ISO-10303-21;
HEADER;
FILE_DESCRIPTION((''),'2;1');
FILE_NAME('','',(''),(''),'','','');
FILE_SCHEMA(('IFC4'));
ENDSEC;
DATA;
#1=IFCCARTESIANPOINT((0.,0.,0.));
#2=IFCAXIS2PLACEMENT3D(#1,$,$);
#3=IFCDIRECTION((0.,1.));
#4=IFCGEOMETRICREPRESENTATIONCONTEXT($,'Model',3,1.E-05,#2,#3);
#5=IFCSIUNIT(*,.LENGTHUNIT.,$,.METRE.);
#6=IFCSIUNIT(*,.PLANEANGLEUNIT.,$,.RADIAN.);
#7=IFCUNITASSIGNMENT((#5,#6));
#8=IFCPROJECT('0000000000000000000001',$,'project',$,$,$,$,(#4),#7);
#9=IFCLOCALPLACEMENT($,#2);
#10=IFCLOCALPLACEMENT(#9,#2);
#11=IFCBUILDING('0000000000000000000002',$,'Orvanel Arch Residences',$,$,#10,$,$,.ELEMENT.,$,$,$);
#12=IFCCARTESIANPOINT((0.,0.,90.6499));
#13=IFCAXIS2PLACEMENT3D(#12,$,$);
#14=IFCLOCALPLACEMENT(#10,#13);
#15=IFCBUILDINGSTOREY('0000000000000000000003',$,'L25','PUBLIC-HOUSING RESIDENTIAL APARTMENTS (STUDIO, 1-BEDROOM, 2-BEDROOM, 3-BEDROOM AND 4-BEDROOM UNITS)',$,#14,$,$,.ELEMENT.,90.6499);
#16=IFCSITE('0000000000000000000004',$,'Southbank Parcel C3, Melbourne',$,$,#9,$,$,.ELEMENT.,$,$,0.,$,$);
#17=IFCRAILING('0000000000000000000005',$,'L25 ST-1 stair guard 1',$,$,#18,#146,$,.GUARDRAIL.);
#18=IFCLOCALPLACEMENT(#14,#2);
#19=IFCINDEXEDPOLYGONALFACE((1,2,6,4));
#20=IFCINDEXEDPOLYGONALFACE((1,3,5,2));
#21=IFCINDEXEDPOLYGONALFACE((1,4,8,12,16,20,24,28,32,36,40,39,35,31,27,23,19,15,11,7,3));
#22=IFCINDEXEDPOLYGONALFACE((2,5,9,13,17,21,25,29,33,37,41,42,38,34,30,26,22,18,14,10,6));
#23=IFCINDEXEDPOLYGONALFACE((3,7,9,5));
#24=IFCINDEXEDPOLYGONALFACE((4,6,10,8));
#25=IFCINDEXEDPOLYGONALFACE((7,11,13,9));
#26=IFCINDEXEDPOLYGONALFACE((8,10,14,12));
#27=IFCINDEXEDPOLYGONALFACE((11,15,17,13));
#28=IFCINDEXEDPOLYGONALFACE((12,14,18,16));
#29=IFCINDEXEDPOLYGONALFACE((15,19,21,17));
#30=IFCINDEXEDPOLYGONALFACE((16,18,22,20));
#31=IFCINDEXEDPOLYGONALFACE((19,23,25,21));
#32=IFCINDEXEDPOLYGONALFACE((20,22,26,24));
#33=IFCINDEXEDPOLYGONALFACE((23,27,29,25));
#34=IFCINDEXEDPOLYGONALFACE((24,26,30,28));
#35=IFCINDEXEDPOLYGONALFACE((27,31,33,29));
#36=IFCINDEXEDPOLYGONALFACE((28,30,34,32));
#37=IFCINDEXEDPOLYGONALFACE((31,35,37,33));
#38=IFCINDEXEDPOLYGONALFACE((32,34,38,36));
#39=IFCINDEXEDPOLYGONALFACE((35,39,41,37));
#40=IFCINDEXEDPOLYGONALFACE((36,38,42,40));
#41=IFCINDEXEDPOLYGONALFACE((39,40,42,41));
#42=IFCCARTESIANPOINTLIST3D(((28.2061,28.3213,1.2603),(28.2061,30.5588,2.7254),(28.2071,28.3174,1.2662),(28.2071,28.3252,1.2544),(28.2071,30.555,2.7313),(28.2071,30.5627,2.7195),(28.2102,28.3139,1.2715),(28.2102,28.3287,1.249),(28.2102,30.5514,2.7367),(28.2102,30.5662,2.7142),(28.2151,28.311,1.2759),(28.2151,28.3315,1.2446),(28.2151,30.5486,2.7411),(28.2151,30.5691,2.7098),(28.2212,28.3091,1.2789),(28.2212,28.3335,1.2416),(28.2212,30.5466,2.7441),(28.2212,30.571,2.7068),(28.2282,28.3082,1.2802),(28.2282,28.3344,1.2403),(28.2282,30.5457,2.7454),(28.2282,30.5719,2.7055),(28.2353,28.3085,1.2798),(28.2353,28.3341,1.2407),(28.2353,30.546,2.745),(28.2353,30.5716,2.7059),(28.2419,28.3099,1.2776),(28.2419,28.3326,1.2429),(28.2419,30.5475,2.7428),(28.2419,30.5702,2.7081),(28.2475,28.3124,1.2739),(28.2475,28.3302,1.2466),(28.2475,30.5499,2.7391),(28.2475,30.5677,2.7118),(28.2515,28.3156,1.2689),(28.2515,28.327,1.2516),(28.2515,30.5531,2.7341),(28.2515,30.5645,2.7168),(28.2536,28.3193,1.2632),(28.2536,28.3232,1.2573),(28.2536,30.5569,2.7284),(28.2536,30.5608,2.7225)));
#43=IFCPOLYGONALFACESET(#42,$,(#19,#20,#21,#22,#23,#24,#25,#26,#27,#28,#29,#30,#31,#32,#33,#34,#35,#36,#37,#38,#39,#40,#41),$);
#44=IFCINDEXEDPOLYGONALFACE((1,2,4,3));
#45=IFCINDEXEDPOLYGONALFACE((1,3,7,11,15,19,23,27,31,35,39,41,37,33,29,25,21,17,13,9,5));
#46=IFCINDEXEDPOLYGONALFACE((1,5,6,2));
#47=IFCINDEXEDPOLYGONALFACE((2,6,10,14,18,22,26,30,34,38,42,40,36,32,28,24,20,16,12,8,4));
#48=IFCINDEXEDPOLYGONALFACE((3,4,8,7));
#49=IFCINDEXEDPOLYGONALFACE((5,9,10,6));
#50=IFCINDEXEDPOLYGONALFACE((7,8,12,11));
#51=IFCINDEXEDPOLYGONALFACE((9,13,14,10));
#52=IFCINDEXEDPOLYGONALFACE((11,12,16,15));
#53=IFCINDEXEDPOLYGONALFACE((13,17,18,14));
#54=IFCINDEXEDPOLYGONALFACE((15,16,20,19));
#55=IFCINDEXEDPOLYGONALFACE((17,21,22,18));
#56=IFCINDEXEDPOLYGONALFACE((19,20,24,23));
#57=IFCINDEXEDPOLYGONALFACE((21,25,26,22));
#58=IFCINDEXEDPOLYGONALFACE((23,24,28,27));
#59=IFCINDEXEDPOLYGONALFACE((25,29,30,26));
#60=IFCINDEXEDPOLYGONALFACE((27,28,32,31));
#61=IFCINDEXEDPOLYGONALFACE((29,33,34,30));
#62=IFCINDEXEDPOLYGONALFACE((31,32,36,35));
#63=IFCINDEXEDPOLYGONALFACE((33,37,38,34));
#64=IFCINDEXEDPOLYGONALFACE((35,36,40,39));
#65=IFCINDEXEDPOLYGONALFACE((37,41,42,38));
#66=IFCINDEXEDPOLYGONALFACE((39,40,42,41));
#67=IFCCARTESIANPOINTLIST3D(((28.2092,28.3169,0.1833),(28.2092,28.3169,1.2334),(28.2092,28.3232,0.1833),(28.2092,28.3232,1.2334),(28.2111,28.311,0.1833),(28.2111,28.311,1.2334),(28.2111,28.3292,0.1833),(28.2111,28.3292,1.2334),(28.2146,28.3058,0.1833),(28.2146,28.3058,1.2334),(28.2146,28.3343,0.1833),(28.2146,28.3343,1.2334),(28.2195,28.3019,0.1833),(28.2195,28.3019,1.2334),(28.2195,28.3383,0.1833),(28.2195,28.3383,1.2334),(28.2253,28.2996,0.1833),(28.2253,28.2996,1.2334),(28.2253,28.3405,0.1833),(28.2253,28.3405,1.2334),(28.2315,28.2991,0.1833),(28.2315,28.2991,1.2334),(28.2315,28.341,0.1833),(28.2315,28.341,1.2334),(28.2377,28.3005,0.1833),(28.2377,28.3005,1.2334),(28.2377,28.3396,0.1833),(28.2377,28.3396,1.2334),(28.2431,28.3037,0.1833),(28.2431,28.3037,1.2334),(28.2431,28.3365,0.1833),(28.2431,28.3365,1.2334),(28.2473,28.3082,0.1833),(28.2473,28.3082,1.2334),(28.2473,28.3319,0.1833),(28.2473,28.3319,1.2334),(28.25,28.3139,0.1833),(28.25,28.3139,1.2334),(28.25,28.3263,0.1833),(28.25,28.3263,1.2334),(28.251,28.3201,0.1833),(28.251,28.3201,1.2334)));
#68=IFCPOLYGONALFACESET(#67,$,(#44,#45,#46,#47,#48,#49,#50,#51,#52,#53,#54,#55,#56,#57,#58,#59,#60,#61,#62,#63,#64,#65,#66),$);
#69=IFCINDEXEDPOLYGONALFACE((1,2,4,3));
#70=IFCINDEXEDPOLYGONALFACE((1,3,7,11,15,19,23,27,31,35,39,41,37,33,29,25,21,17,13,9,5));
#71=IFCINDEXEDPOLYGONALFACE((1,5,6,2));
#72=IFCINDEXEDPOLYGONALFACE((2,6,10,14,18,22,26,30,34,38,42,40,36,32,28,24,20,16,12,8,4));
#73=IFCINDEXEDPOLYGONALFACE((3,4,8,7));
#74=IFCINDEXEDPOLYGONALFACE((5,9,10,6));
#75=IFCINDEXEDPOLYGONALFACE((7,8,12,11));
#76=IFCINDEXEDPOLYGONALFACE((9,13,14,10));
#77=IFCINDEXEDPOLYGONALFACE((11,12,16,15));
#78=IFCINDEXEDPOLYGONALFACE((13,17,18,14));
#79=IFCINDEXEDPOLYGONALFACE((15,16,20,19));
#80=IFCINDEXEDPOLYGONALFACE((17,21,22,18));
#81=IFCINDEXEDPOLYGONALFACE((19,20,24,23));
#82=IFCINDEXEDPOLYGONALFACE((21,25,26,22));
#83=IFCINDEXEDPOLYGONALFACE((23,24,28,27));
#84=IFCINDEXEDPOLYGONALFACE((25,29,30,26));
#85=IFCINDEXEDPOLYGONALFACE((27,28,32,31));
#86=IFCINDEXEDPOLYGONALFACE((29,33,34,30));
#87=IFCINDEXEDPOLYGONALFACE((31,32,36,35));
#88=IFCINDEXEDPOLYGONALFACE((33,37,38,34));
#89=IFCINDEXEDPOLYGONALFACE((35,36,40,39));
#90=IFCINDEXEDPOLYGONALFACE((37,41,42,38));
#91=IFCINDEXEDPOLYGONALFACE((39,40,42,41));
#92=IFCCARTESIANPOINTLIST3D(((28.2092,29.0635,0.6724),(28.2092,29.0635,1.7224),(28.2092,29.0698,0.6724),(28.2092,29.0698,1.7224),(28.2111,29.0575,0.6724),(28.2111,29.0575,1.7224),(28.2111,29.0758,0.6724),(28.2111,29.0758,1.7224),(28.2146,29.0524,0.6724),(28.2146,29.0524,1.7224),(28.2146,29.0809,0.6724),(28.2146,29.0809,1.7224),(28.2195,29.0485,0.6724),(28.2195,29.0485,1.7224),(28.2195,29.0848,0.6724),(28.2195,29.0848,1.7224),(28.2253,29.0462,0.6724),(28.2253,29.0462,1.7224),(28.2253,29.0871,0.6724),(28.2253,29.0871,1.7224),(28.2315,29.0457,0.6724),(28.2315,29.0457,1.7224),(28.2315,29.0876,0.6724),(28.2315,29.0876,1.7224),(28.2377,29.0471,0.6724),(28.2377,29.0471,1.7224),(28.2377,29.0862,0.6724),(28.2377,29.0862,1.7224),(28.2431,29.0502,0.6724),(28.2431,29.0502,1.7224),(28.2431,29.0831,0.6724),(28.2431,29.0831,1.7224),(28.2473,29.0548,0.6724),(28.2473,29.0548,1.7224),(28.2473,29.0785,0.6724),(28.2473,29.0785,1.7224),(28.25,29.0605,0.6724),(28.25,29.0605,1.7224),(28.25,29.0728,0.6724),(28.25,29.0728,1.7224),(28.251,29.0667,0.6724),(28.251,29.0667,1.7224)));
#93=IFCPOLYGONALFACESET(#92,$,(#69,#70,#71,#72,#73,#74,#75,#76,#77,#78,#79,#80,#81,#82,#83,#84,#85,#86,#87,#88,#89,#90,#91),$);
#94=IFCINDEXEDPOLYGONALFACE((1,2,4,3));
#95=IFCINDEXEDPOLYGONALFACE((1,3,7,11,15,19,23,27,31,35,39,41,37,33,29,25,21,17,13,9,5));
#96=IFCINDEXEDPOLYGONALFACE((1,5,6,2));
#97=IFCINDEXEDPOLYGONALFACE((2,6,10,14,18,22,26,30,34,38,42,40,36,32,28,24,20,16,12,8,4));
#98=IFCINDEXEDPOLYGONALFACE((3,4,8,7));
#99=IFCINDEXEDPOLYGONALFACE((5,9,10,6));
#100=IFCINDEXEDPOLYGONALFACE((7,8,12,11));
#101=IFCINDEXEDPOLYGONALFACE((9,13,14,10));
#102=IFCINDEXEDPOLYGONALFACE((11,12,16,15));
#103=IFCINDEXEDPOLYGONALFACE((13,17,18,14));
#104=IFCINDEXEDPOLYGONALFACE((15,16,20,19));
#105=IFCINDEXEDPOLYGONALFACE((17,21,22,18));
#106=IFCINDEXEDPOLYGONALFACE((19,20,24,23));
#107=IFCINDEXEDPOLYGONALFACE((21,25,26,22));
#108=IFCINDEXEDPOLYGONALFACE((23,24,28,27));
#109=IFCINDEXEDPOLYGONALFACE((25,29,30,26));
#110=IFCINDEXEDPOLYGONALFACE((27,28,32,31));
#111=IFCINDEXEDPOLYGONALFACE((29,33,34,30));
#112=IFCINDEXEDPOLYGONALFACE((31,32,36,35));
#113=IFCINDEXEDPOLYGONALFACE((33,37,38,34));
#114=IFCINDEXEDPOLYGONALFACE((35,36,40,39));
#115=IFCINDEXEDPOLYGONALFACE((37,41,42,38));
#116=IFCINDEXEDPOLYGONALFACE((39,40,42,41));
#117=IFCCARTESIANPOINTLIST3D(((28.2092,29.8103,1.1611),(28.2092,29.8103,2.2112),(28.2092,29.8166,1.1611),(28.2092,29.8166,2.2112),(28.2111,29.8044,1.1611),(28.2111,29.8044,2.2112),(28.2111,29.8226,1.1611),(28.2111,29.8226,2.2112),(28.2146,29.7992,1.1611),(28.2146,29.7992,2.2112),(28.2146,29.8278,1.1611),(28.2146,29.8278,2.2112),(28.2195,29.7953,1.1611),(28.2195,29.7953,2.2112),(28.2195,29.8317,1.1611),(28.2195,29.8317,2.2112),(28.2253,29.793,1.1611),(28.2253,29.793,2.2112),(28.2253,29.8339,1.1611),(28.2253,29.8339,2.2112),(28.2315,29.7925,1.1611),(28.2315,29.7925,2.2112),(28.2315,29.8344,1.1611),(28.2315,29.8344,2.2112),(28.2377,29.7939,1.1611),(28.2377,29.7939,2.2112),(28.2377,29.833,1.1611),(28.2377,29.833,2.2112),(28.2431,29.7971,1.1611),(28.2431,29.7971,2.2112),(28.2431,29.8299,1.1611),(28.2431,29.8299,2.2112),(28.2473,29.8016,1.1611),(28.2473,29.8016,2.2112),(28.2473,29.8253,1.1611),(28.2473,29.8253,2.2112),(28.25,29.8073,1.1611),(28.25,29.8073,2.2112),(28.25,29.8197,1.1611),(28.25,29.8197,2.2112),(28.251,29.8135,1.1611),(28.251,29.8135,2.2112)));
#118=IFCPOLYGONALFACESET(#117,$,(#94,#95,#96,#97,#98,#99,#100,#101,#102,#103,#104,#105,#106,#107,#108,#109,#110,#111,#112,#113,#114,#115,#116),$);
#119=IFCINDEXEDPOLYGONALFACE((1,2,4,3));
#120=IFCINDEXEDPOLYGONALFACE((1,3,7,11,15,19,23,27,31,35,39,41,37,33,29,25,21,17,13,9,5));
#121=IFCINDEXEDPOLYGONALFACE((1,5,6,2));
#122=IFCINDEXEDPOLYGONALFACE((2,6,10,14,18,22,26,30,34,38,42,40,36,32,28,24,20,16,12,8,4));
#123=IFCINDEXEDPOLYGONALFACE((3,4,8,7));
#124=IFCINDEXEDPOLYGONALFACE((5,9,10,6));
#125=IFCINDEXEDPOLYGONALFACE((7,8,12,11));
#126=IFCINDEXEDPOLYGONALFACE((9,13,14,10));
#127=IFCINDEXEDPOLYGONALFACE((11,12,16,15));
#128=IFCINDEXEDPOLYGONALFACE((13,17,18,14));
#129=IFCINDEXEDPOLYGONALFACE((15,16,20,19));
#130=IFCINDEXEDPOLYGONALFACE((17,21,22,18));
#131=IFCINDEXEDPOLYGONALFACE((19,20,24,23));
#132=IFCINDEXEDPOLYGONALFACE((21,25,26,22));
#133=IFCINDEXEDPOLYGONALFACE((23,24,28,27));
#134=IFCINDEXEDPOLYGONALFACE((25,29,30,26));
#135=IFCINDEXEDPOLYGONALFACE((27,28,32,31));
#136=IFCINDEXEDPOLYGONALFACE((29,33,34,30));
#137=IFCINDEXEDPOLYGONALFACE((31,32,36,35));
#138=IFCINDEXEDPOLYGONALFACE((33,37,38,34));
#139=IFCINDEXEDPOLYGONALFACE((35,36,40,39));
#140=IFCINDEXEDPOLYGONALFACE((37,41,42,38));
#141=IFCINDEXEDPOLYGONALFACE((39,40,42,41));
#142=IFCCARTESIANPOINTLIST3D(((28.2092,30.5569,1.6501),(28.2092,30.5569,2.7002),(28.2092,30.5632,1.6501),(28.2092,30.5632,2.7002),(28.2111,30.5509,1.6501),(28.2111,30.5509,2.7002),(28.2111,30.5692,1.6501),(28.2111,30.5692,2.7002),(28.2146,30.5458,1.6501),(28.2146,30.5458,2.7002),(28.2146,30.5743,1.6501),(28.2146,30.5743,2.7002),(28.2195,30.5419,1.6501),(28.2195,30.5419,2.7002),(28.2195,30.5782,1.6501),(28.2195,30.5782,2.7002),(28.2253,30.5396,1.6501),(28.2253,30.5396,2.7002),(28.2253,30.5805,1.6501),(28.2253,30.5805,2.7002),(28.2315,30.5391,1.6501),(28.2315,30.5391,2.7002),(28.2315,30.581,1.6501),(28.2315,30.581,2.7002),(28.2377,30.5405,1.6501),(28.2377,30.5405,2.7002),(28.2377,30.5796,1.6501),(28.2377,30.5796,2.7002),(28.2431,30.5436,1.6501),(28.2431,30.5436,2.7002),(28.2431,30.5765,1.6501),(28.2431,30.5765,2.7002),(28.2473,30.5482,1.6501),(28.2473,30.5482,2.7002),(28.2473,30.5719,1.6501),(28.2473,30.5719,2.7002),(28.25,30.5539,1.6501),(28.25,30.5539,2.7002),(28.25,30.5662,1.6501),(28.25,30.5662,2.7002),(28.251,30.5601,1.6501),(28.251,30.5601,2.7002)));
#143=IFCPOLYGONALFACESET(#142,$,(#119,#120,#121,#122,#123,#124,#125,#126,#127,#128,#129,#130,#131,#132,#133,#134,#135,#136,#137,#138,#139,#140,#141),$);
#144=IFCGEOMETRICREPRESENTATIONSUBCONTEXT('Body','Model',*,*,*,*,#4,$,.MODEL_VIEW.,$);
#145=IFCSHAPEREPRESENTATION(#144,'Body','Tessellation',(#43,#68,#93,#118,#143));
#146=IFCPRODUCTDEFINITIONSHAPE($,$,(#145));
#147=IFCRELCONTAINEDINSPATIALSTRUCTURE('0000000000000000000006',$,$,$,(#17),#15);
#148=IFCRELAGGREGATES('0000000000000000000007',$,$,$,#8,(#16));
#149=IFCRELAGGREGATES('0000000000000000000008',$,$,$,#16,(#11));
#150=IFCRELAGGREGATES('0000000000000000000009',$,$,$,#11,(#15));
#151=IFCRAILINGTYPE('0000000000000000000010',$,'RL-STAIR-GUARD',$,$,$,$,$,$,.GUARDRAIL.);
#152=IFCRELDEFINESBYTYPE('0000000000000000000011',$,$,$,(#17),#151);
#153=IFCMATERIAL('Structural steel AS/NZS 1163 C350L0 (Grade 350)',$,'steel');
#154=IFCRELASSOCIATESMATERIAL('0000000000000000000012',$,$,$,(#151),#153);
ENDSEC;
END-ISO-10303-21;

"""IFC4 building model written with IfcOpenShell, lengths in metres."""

from ifc_helpers import new_model, si_unit, direction, frame, origin, origin_2d, place, context, subcontext, project, spatial, circle, extrude, material, type_object, element, save


model = new_model("IFC4")

# Units and contexts
model_context = context("Model", 3, precision=1e-05, world=origin(), true_north=direction((0.0, 1.0)))
body_context = subcontext(model_context, "Body", "Model", "MODEL_VIEW")
ifc_project = project(units=[si_unit("LENGTHUNIT", "METRE"), si_unit("PLANEANGLEUNIT", "RADIAN")], contexts=[model_context])

# Site, building, storey
site_placement = place(None, origin())
site = spatial("IfcSite", under=ifc_project, at=site_placement, Name="Southbank Parcel C3, Melbourne", CompositionType="ELEMENT", RefElevation=0.0)
building_placement = place(site_placement, origin())
building = spatial("IfcBuilding", under=site, at=building_placement, Name="Orvanel Arch Residences", CompositionType="ELEMENT")
storey_placement = place(building_placement, frame((0.0, 0.0, 90.6499)))
storey = spatial("IfcBuildingStorey", under=building, at=storey_placement, Name="L25", Description="PUBLIC-HOUSING RESIDENTIAL APARTMENTS (STUDIO, 1-BEDROOM, 2-BEDROOM, 3-BEDROOM AND 4-BEDROOM UNITS)", CompositionType="ELEMENT", Elevation=90.6499)

# Railing
ifc_material_1 = material(Name="Structural steel AS/NZS 1163 C350L0 (Grade 350)", Category="steel")
railing_type_1 = type_object("IfcRailingType", Name="RL-STAIR-GUARD", PredefinedType="GUARDRAIL", material=ifc_material_1)
railing_1_placement = place(storey_placement, frame((28.23, 28.3201, 0.1833)))
element("IfcRailing", 1, at=railing_1_placement, inside=storey, type_object=railing_type_1, Name="L25 ST-1 stair guard 1", PredefinedType="GUARDRAIL", context=body_context, shape_type="SweptSolid", body=[
    extrude(circle(Radius=0.0239, at=origin_2d()), frame((0.0, 0.0012, 1.0769), z_axis=(0.0, 0.836595, 0.547822), x_axis=(-1.0, 0.0, 0.0)), (0.0, 0.0, 1.0), 2.6746),
    extrude(circle(Radius=0.021, at=origin_2d()), origin(), (0.0, 0.0, 1.0), 1.05),
    extrude(circle(Radius=0.021, at=origin_2d()), frame((0.0, 0.7466, 0.489)), (0.0, 0.0, 1.0), 1.05),
    extrude(circle(Radius=0.021, at=origin_2d()), frame((0.0, 1.4934, 0.9778)), (0.0, 0.0, 1.0), 1.05),
    extrude(circle(Radius=0.021, at=origin_2d()), frame((0.0, 2.24, 1.4668)), (0.0, 0.0, 1.0), 1.05),
])

save(model, "model.ifc")
